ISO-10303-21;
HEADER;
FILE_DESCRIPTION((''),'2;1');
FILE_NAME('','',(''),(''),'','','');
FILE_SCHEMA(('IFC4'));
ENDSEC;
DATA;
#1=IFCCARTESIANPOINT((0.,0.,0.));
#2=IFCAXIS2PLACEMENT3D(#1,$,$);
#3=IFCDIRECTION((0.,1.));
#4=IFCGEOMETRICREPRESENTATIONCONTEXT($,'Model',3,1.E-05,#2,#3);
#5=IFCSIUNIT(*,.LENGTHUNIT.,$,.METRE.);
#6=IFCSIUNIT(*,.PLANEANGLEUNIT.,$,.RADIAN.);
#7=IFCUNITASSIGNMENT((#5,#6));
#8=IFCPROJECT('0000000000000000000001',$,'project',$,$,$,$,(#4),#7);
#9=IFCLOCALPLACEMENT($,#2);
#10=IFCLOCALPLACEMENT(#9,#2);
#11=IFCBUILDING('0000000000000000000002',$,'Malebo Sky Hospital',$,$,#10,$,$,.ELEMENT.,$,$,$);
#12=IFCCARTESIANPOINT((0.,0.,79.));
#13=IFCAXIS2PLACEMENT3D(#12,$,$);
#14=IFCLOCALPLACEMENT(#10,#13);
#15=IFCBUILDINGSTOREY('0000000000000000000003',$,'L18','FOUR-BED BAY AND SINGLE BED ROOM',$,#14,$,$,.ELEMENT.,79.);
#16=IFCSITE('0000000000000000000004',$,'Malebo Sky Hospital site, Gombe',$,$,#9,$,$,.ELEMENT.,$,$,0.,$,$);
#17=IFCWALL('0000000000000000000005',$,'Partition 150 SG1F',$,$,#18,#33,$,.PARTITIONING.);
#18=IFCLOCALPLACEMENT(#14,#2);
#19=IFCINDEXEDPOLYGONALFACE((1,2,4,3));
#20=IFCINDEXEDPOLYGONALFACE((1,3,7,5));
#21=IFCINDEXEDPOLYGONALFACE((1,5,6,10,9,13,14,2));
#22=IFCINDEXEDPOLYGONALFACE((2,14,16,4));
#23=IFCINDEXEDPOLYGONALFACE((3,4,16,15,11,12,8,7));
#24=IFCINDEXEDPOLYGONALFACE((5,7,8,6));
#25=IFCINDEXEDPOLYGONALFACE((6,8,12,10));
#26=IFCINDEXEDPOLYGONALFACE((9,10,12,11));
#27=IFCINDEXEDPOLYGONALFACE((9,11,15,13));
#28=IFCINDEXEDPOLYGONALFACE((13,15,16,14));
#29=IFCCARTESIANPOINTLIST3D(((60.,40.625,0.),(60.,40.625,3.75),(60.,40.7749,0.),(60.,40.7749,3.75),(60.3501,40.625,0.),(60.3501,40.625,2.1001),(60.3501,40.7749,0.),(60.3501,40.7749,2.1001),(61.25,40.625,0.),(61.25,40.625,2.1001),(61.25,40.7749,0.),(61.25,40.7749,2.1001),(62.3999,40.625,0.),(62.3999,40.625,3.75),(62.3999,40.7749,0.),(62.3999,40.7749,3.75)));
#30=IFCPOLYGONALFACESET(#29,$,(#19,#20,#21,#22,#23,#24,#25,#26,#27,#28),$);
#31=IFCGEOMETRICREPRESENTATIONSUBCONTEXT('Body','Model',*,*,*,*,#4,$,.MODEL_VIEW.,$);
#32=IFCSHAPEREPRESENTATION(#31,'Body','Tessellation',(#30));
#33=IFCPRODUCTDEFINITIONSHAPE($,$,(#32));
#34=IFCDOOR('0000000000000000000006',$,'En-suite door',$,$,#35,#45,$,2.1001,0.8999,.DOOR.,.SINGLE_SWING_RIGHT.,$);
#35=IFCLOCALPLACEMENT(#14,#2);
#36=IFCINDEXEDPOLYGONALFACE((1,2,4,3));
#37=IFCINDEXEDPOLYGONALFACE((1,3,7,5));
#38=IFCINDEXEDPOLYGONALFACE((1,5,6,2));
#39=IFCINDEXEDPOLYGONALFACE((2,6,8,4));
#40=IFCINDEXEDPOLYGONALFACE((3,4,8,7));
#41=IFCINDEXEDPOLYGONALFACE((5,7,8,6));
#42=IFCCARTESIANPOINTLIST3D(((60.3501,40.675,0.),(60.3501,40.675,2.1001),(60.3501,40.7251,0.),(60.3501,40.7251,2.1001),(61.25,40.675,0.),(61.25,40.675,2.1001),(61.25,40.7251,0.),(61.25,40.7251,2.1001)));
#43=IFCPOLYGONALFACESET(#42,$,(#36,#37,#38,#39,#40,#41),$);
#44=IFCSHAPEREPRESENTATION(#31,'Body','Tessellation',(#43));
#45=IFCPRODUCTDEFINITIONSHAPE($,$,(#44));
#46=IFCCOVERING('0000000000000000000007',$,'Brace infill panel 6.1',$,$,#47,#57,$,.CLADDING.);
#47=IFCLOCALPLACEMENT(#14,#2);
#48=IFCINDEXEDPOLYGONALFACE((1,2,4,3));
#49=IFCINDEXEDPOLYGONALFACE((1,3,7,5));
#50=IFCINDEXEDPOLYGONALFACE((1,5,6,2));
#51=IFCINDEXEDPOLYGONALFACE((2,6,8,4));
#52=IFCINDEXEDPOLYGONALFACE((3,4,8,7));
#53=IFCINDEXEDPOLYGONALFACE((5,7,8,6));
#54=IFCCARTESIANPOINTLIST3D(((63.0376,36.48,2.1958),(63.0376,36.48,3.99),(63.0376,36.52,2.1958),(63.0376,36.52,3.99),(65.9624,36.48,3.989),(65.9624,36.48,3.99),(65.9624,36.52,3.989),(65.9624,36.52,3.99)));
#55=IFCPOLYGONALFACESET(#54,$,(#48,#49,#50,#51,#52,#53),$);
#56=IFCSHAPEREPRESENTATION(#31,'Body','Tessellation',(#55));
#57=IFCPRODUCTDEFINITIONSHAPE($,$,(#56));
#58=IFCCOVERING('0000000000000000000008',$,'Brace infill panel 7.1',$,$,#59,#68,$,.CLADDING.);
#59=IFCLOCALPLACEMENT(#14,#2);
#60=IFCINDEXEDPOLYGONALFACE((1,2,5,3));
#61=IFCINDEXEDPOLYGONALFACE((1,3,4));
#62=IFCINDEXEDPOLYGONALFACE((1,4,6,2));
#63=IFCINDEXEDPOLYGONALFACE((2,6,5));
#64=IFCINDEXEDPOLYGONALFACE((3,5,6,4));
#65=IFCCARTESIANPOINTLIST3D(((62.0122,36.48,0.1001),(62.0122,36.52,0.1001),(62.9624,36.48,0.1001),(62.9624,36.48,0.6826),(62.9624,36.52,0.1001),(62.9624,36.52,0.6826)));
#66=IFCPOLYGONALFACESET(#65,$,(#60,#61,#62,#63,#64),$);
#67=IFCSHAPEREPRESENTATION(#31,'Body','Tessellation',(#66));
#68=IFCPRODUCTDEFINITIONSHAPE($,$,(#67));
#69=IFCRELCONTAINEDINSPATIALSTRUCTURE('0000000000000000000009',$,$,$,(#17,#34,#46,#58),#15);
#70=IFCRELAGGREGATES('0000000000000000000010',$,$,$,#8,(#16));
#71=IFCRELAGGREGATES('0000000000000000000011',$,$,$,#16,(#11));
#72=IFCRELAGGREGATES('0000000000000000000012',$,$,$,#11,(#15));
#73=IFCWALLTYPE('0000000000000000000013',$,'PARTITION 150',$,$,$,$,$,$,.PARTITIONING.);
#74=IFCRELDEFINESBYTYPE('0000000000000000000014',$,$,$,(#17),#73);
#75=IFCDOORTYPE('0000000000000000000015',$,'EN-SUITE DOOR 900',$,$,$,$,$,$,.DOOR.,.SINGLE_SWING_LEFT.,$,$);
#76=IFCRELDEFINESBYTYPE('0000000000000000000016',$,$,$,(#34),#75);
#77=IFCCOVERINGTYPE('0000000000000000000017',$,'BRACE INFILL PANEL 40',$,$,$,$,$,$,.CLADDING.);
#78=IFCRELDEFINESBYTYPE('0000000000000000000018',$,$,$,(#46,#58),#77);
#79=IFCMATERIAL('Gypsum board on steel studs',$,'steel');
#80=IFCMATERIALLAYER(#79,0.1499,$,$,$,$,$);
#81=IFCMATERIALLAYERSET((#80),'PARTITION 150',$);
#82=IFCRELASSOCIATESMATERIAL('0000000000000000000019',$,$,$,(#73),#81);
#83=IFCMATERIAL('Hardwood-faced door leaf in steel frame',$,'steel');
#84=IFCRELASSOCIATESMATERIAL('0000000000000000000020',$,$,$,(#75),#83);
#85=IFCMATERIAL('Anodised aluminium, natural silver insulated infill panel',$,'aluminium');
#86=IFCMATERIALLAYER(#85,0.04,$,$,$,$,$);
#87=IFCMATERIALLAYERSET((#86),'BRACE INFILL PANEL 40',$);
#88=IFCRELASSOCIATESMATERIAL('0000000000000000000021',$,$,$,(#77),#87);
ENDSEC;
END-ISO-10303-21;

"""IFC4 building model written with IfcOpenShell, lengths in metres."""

from ifc_helpers import new_model, si_unit, direction, frame, frame_2d, origin, place, context, subcontext, project, spatial, polyline, rectangle, outline, extrude, material, layer, layer_set, type_object, element, fill, save


model = new_model("IFC4")

# Units and contexts
model_context = context("Model", 3, precision=1e-05, world=origin(), true_north=direction((0.0, 1.0)))
body_context = subcontext(model_context, "Body", "Model", "MODEL_VIEW")
ifc_project = project(units=[si_unit("LENGTHUNIT", "METRE"), si_unit("PLANEANGLEUNIT", "RADIAN")], contexts=[model_context])

# Site, building, storey
site_placement = place(None, origin())
site = spatial("IfcSite", under=ifc_project, at=site_placement, Name="Malebo Sky Hospital site, Gombe", CompositionType="ELEMENT", RefElevation=0.0)
building_placement = place(site_placement, origin())
building = spatial("IfcBuilding", under=site, at=building_placement, Name="Malebo Sky Hospital", CompositionType="ELEMENT")
storey_placement = place(building_placement, frame((0.0, 0.0, 79.0)))
storey = spatial("IfcBuildingStorey", under=building, at=storey_placement, Name="L18", Description="FOUR-BED BAY AND SINGLE BED ROOM", CompositionType="ELEMENT", Elevation=79.0)

# Wall, opening, door
ifc_material_1 = material(Name="Gypsum board on steel studs", Category="steel")
ifc_layer_1 = layer(ifc_material_1, 0.1499)
ifc_layer_set_1 = layer_set([ifc_layer_1], Name="PARTITION 150")
wall_type = type_object("IfcWallType", Name="PARTITION 150", PredefinedType="PARTITIONING", material=ifc_layer_set_1)
ifc_material_2 = material(Name="Hardwood-faced door leaf in steel frame", Category="steel")
door_type = type_object("IfcDoorType", Name="EN-SUITE DOOR 900", OperationType="SINGLE_SWING_LEFT", PredefinedType="DOOR", material=ifc_material_2)
wall_1_placement = place(storey_placement, frame((62.3999, 40.7, 0.0), z_axis=(0.0, 0.0, 1.0), x_axis=(-1.0, 0.0, 0.0)))
wall_1 = element("IfcWall", 1, at=wall_1_placement, inside=storey, type_object=wall_type, Name="Partition 150 SG1F", PredefinedType="PARTITIONING", context=body_context, shape_type="SweptSolid", body=[
    extrude(rectangle(XDim=2.3999, YDim=0.1499, at=frame_2d((1.2, 0.0))), origin(), (0.0, 0.0, 1.0), 3.75),
])
opening_1_placement = place(wall_1_placement, frame((1.1499, 0.0, 0.0)))
opening_1 = element("IfcOpeningElement", 2, at=opening_1_placement, cuts=wall_1, PredefinedType="OPENING", context=body_context, shape_type="SweptSolid", body=[
    extrude(rectangle(XDim=0.8999, YDim=2.1001, at=frame_2d((0.45, 1.05))), frame((0.0, 0.085, 0.0), z_axis=(0.0, -1.0, 0.0), x_axis=(1.0, 0.0, 0.0)), (0.0, 0.0, 1.0), 0.1699),
])
door_1_placement = place(opening_1_placement, origin())
door_1 = element("IfcDoor", 3, at=door_1_placement, inside=storey, type_object=door_type, Name="En-suite door", OperationType="SINGLE_SWING_RIGHT", OverallHeight=2.1001, OverallWidth=0.8999, PredefinedType="DOOR", context=body_context, shape_type="SweptSolid", body=[
    extrude(rectangle(XDim=0.8999, YDim=2.1001, at=frame_2d((0.45, 1.05))), frame((0.0, 0.0249, 0.0), z_axis=(0.0, -1.0, 0.0), x_axis=(1.0, 0.0, 0.0)), (0.0, 0.0, 1.0), 0.05),
])
fill(opening_1, door_1)

# Coverings
ifc_material_3 = material(Name="Anodised aluminium, natural silver insulated infill panel", Category="aluminium")
ifc_layer_2 = layer(ifc_material_3, 0.04)
ifc_layer_set_2 = layer_set([ifc_layer_2], Name="BRACE INFILL PANEL 40")
covering_type = type_object("IfcCoveringType", Name="BRACE INFILL PANEL 40", PredefinedType="CLADDING", material=ifc_layer_set_2)
covering_1_placement = place(storey_placement, frame((64.5, 36.5, 2.1958), z_axis=(0.0, 0.0, 1.0), x_axis=(-1.0, 0.0, 0.0)))
element("IfcCovering", 4, at=covering_1_placement, inside=storey, type_object=covering_type, Name="Brace infill panel 6.1", PredefinedType="CLADDING", context=body_context, shape_type="SweptSolid", body=[
    extrude(outline(polyline([(1.4624, 0.0), (1.4624, 1.7942), (-1.4624, 1.7942), (-1.4624, 1.7932), (1.4624, 0.0)])), frame((0.0, 0.02, 0.0), z_axis=(0.0, -1.0, 0.0), x_axis=(1.0, 0.0, 0.0)), (0.0, 0.0, 1.0), 0.04),
])
covering_2_placement = place(storey_placement, frame((62.4873, 36.5, 0.1001), z_axis=(0.0, 0.0, 1.0), x_axis=(-1.0, 0.0, 0.0)))
element("IfcCovering", 5, at=covering_2_placement, inside=storey, type_object=covering_type, Name="Brace infill panel 7.1", PredefinedType="CLADDING", context=body_context, shape_type="SweptSolid", body=[
    extrude(outline(polyline([(-0.4751, 0.0), (0.4751, 0.0), (-0.4751, 0.5825), (-0.4751, 0.0)])), frame((0.0, 0.02, 0.0), z_axis=(0.0, -1.0, 0.0), x_axis=(1.0, 0.0, 0.0)), (0.0, 0.0, 1.0), 0.04),
])

save(model, "model.ifc")
